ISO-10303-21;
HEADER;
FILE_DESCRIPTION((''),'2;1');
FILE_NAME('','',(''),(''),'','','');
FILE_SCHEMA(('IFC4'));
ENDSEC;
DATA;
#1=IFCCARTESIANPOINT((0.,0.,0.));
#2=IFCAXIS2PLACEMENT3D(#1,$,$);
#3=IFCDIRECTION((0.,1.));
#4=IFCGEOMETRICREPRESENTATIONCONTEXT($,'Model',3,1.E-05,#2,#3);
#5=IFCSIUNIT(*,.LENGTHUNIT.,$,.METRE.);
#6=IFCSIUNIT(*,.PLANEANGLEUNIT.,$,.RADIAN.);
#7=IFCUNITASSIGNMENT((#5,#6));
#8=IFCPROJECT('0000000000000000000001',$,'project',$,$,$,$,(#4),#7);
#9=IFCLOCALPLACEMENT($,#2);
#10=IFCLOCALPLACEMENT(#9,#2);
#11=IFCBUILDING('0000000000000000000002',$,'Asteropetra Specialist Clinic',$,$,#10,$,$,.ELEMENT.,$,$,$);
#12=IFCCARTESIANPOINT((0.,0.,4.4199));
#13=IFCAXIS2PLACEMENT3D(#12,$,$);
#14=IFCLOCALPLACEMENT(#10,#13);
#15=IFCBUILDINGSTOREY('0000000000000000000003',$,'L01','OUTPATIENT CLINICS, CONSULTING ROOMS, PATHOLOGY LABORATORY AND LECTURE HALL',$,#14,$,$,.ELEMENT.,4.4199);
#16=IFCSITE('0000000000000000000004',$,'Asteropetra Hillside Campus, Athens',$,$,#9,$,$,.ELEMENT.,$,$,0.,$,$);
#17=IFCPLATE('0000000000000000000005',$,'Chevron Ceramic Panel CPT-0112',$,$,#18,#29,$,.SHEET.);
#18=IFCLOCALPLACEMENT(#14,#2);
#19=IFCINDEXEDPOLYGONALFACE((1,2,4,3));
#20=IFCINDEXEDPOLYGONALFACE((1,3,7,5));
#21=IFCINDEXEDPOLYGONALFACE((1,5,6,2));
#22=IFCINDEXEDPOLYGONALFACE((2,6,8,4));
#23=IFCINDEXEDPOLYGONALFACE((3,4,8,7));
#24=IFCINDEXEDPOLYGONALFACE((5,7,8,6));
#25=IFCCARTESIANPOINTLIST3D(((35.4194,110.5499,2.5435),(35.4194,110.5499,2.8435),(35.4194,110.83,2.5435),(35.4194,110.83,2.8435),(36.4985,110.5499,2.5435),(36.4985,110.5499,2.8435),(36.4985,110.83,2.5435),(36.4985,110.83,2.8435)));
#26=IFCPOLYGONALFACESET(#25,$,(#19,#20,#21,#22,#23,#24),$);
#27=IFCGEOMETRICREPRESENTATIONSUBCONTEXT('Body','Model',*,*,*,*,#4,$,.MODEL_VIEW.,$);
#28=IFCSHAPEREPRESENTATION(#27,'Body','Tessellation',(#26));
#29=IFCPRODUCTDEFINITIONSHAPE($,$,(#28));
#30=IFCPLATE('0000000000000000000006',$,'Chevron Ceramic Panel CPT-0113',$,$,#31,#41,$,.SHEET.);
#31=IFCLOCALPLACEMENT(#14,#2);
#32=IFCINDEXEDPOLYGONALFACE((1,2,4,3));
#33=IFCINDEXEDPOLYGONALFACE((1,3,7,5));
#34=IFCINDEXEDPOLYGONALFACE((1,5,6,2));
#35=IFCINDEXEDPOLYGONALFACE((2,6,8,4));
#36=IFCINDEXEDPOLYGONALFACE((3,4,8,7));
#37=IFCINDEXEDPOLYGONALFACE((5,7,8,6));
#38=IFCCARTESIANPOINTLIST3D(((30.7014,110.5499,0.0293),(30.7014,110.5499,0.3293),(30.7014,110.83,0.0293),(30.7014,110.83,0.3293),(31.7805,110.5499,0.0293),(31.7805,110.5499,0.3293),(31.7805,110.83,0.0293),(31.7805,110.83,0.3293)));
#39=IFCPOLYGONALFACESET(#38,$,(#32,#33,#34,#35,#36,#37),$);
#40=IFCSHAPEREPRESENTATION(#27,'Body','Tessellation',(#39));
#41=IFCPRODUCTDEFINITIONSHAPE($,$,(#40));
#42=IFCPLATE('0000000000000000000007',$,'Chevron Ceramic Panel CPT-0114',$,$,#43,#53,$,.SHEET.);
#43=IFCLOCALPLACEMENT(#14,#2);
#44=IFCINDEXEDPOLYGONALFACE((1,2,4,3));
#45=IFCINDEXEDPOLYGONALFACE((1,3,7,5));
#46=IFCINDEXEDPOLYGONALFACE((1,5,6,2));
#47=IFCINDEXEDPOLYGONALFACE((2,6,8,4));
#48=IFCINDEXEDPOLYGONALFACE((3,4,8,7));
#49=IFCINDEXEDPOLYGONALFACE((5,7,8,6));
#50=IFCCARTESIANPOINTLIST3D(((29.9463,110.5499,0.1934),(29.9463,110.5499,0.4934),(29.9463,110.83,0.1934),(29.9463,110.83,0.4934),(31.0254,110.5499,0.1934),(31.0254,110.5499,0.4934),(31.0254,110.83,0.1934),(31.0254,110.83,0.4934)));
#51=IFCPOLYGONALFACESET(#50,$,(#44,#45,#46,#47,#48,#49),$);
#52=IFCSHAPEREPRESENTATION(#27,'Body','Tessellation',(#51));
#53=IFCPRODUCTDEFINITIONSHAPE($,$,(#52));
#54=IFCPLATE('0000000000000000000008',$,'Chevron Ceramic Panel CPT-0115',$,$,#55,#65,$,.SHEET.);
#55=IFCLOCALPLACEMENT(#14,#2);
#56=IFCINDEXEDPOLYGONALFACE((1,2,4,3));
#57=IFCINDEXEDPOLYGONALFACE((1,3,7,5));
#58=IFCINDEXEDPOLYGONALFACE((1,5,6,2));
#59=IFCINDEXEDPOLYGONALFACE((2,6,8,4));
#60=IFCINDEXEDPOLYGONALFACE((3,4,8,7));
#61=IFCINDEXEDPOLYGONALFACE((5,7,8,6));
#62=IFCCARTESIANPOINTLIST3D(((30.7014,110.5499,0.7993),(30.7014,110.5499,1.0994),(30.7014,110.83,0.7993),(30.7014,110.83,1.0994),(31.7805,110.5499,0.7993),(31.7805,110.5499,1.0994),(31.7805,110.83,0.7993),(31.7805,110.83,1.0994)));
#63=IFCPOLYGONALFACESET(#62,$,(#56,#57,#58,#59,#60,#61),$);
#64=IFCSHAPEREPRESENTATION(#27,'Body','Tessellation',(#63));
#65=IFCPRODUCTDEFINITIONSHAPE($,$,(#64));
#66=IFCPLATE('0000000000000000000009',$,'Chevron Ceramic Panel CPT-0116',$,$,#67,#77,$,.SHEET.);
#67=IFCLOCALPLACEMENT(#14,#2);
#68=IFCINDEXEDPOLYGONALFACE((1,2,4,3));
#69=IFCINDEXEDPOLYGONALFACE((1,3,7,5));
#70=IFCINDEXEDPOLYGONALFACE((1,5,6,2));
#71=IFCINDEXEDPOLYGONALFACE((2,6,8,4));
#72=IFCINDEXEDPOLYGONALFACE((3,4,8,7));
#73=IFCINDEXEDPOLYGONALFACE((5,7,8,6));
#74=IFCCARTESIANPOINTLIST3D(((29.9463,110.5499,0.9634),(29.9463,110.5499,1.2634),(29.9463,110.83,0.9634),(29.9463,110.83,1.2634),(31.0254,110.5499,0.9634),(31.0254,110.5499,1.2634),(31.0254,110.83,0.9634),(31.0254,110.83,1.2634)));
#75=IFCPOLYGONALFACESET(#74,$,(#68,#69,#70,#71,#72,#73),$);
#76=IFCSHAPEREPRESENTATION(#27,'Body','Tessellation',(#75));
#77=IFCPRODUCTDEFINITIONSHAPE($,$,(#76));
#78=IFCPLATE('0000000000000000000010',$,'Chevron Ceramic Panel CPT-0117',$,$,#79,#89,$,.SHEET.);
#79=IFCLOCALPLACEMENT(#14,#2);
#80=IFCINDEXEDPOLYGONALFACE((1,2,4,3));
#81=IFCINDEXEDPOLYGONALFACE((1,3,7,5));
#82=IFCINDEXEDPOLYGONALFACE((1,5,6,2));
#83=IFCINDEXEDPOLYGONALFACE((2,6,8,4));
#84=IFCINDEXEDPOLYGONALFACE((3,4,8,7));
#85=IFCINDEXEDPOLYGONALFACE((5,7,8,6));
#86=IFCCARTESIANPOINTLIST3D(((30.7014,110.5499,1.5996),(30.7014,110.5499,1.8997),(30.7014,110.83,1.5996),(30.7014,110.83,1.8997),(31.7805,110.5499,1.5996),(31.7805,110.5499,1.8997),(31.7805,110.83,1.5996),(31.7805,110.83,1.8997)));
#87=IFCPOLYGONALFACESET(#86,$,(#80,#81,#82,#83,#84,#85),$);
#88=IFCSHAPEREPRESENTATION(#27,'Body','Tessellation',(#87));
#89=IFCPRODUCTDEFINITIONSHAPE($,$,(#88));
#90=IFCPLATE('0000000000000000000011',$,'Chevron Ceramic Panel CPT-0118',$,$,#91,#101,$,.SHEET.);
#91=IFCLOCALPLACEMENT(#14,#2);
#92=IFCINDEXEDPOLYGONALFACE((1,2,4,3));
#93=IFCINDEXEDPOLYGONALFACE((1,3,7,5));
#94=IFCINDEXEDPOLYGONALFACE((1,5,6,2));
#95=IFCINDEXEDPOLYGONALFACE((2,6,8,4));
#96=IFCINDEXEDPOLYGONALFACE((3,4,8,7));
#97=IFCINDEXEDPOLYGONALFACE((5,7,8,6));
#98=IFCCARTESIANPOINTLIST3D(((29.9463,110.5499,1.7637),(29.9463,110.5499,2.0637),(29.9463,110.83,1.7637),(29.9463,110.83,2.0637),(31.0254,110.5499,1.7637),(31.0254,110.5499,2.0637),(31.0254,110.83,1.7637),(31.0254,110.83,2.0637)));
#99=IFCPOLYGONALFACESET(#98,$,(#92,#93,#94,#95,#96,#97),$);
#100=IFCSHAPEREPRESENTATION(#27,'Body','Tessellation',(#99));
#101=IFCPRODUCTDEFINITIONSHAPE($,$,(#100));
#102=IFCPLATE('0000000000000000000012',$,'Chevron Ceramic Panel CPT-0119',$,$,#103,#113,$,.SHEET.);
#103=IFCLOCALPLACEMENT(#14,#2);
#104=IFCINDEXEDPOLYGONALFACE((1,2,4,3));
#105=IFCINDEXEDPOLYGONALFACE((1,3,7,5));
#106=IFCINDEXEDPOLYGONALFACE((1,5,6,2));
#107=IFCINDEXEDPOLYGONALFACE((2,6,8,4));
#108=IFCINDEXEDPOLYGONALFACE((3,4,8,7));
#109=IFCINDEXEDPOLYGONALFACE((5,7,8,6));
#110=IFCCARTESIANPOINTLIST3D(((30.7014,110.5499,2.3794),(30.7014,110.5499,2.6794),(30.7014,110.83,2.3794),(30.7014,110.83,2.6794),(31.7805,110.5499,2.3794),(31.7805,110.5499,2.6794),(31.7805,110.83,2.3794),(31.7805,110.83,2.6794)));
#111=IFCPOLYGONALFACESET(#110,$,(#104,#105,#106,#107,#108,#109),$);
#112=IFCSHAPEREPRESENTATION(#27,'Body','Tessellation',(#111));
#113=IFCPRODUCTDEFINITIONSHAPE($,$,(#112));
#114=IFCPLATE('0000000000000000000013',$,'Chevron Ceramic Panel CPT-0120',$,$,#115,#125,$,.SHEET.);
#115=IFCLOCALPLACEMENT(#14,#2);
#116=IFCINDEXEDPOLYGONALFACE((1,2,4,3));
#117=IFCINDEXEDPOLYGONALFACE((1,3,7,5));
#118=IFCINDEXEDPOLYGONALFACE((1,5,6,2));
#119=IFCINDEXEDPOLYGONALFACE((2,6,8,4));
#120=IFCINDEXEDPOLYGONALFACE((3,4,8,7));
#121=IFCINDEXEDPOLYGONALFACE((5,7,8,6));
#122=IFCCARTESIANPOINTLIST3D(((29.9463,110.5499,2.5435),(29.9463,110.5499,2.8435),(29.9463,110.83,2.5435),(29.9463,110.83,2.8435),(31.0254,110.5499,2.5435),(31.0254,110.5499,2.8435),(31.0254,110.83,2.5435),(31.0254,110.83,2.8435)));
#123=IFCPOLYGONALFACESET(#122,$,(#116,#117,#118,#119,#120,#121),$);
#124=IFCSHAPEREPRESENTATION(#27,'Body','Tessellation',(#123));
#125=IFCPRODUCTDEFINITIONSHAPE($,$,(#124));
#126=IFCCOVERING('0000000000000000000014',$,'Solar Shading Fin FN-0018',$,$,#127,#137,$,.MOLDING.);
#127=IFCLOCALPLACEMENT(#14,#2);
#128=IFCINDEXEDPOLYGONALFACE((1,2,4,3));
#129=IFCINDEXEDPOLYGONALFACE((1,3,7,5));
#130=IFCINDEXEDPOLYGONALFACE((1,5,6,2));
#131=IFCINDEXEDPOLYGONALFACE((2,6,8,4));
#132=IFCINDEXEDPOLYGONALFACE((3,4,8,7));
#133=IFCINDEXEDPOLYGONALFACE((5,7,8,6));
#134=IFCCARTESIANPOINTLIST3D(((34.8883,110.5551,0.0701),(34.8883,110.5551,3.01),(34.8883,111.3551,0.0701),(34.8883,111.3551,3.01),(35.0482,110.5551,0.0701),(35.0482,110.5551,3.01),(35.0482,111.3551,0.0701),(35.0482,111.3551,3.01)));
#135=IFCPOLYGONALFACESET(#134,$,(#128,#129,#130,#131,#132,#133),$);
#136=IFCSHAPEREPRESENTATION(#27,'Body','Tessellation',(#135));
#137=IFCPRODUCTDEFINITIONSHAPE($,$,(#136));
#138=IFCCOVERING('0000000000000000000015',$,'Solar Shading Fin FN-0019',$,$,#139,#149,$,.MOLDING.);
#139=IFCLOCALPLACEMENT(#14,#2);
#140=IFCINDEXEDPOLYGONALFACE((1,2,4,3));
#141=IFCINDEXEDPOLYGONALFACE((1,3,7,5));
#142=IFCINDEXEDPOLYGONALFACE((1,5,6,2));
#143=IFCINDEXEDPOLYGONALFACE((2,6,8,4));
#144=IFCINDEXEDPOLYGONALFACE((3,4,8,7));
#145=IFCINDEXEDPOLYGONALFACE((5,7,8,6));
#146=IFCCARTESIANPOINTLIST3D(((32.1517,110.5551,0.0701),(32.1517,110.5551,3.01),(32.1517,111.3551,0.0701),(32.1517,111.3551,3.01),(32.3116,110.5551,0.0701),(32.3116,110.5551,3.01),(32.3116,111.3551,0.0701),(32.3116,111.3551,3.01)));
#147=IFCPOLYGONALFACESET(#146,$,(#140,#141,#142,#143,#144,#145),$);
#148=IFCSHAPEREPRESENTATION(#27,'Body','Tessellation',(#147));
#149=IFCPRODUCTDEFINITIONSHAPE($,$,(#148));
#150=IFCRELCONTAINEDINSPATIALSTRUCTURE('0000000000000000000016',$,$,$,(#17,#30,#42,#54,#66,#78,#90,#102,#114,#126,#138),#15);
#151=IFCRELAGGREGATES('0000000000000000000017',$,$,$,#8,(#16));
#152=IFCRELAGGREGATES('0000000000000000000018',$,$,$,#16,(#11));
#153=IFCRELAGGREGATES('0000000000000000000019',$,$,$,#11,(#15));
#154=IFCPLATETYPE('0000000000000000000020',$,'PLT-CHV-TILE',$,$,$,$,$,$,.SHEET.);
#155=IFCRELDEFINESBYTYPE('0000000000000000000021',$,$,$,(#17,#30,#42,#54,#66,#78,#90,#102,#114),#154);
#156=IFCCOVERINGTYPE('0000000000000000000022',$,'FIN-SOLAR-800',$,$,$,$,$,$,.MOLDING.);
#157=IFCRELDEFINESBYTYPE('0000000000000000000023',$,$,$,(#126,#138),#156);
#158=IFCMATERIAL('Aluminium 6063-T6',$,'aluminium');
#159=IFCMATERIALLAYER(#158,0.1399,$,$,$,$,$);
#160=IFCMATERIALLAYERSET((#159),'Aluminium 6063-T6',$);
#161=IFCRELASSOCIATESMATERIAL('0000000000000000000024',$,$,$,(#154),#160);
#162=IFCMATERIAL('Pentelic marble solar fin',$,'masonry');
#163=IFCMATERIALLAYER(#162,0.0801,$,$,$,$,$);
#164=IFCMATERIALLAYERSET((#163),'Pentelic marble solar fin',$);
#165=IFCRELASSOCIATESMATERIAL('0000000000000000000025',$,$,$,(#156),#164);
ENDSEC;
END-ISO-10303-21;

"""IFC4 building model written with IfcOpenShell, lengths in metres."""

from ifc_helpers import new_model, si_unit, direction, frame, origin, origin_2d, place, context, subcontext, project, spatial, rectangle, extrude, material, layer, layer_set, type_object, element, save


model = new_model("IFC4")

# Units and contexts
model_context = context("Model", 3, precision=1e-05, world=origin(), true_north=direction((0.0, 1.0)))
body_context = subcontext(model_context, "Body", "Model", "MODEL_VIEW")
ifc_project = project(units=[si_unit("LENGTHUNIT", "METRE"), si_unit("PLANEANGLEUNIT", "RADIAN")], contexts=[model_context])

# Site, building, storey
site_placement = place(None, origin())
site = spatial("IfcSite", under=ifc_project, at=site_placement, Name="Asteropetra Hillside Campus, Athens", CompositionType="ELEMENT", RefElevation=0.0)
building_placement = place(site_placement, origin())
building = spatial("IfcBuilding", under=site, at=building_placement, Name="Asteropetra Specialist Clinic", CompositionType="ELEMENT")
storey_placement = place(building_placement, frame((0.0, 0.0, 4.4199)))
storey = spatial("IfcBuildingStorey", under=building, at=storey_placement, Name="L01", Description="OUTPATIENT CLINICS, CONSULTING ROOMS, PATHOLOGY LABORATORY AND LECTURE HALL", CompositionType="ELEMENT", Elevation=4.4199)

# Plates
ifc_material_1 = material(Name="Aluminium 6063-T6", Category="aluminium")
ifc_layer_1 = layer(ifc_material_1, 0.1399)
ifc_layer_set_1 = layer_set([ifc_layer_1], Name="Aluminium 6063-T6")
plate_type_1 = type_object("IfcPlateType", Name="PLT-CHV-TILE", PredefinedType="SHEET", material=ifc_layer_set_1)
for number, where, z_axis, x_axis, name in (
    (1, (35.959, 110.6899, 2.5435), (0.0, 0.0, 1.0), (1.0, 0.0, 0.0), "Chevron Ceramic Panel CPT-0112"),
    (2, (31.241, 110.6899, 0.0293), (0.0, 0.0, 1.0), (1.0, 0.0, 0.0), "Chevron Ceramic Panel CPT-0113"),
    (3, (30.4858, 110.6899, 0.1934), (0.0, 0.0, 1.0), (1.0, 0.0, 0.0), "Chevron Ceramic Panel CPT-0114"),
    (4, (31.241, 110.6899, 0.7993), (0.0, 0.0, 1.0), (1.0, 0.0, 0.0), "Chevron Ceramic Panel CPT-0115"),
    (5, (30.4858, 110.6899, 0.9634), (0.0, 0.0, 1.0), (1.0, 0.0, 0.0), "Chevron Ceramic Panel CPT-0116"),
    (6, (31.241, 110.6899, 1.5996), (0.0, 0.0, 1.0), (1.0, 0.0, 0.0), "Chevron Ceramic Panel CPT-0117"),
    (7, (30.4858, 110.6899, 1.7637), (0.0, 0.0, 1.0), (1.0, 0.0, 0.0), "Chevron Ceramic Panel CPT-0118"),
    (8, (31.241, 110.6899, 2.3794), (0.0, 0.0, 1.0), (1.0, 0.0, 0.0), "Chevron Ceramic Panel CPT-0119"),
    (9, (30.4858, 110.6899, 2.5435), (0.0, 0.0, 1.0), (1.0, 0.0, 0.0), "Chevron Ceramic Panel CPT-0120"),
):
    element("IfcPlate", number, at=place(storey_placement, frame(where, z_axis=z_axis, x_axis=x_axis)), inside=storey, type_object=plate_type_1, Name=name, PredefinedType="SHEET", context=body_context, shape_type="SweptSolid", body=[
        extrude(rectangle(XDim=1.0791, YDim=0.28, at=origin_2d()), origin(), (0.0, 0.0, 1.0), 0.3),
    ])

# Coverings
ifc_material_2 = material(Name="Pentelic marble solar fin", Category="masonry")
ifc_layer_2 = layer(ifc_material_2, 0.0801)
ifc_layer_set_2 = layer_set([ifc_layer_2], Name="Pentelic marble solar fin")
covering_type = type_object("IfcCoveringType", Name="FIN-SOLAR-800", PredefinedType="MOLDING", material=ifc_layer_set_2)
for number, where, z_axis, x_axis, name in (
    (10, (34.9683, 110.9551, 0.0701), (0.0, 0.0, 1.0), (1.0, 0.0, 0.0), "Solar Shading Fin FN-0018"),
    (11, (32.2317, 110.9551, 0.0701), (0.0, 0.0, 1.0), (1.0, 0.0, 0.0), "Solar Shading Fin FN-0019"),
):
    element("IfcCovering", number, at=place(storey_placement, frame(where, z_axis=z_axis, x_axis=x_axis)), inside=storey, type_object=covering_type, Name=name, PredefinedType="MOLDING", context=body_context, shape_type="SweptSolid", body=[
        extrude(rectangle(XDim=0.1599, YDim=0.8, at=origin_2d()), origin(), (0.0, 0.0, 1.0), 2.9399),
    ])

save(model, "model.ifc")
